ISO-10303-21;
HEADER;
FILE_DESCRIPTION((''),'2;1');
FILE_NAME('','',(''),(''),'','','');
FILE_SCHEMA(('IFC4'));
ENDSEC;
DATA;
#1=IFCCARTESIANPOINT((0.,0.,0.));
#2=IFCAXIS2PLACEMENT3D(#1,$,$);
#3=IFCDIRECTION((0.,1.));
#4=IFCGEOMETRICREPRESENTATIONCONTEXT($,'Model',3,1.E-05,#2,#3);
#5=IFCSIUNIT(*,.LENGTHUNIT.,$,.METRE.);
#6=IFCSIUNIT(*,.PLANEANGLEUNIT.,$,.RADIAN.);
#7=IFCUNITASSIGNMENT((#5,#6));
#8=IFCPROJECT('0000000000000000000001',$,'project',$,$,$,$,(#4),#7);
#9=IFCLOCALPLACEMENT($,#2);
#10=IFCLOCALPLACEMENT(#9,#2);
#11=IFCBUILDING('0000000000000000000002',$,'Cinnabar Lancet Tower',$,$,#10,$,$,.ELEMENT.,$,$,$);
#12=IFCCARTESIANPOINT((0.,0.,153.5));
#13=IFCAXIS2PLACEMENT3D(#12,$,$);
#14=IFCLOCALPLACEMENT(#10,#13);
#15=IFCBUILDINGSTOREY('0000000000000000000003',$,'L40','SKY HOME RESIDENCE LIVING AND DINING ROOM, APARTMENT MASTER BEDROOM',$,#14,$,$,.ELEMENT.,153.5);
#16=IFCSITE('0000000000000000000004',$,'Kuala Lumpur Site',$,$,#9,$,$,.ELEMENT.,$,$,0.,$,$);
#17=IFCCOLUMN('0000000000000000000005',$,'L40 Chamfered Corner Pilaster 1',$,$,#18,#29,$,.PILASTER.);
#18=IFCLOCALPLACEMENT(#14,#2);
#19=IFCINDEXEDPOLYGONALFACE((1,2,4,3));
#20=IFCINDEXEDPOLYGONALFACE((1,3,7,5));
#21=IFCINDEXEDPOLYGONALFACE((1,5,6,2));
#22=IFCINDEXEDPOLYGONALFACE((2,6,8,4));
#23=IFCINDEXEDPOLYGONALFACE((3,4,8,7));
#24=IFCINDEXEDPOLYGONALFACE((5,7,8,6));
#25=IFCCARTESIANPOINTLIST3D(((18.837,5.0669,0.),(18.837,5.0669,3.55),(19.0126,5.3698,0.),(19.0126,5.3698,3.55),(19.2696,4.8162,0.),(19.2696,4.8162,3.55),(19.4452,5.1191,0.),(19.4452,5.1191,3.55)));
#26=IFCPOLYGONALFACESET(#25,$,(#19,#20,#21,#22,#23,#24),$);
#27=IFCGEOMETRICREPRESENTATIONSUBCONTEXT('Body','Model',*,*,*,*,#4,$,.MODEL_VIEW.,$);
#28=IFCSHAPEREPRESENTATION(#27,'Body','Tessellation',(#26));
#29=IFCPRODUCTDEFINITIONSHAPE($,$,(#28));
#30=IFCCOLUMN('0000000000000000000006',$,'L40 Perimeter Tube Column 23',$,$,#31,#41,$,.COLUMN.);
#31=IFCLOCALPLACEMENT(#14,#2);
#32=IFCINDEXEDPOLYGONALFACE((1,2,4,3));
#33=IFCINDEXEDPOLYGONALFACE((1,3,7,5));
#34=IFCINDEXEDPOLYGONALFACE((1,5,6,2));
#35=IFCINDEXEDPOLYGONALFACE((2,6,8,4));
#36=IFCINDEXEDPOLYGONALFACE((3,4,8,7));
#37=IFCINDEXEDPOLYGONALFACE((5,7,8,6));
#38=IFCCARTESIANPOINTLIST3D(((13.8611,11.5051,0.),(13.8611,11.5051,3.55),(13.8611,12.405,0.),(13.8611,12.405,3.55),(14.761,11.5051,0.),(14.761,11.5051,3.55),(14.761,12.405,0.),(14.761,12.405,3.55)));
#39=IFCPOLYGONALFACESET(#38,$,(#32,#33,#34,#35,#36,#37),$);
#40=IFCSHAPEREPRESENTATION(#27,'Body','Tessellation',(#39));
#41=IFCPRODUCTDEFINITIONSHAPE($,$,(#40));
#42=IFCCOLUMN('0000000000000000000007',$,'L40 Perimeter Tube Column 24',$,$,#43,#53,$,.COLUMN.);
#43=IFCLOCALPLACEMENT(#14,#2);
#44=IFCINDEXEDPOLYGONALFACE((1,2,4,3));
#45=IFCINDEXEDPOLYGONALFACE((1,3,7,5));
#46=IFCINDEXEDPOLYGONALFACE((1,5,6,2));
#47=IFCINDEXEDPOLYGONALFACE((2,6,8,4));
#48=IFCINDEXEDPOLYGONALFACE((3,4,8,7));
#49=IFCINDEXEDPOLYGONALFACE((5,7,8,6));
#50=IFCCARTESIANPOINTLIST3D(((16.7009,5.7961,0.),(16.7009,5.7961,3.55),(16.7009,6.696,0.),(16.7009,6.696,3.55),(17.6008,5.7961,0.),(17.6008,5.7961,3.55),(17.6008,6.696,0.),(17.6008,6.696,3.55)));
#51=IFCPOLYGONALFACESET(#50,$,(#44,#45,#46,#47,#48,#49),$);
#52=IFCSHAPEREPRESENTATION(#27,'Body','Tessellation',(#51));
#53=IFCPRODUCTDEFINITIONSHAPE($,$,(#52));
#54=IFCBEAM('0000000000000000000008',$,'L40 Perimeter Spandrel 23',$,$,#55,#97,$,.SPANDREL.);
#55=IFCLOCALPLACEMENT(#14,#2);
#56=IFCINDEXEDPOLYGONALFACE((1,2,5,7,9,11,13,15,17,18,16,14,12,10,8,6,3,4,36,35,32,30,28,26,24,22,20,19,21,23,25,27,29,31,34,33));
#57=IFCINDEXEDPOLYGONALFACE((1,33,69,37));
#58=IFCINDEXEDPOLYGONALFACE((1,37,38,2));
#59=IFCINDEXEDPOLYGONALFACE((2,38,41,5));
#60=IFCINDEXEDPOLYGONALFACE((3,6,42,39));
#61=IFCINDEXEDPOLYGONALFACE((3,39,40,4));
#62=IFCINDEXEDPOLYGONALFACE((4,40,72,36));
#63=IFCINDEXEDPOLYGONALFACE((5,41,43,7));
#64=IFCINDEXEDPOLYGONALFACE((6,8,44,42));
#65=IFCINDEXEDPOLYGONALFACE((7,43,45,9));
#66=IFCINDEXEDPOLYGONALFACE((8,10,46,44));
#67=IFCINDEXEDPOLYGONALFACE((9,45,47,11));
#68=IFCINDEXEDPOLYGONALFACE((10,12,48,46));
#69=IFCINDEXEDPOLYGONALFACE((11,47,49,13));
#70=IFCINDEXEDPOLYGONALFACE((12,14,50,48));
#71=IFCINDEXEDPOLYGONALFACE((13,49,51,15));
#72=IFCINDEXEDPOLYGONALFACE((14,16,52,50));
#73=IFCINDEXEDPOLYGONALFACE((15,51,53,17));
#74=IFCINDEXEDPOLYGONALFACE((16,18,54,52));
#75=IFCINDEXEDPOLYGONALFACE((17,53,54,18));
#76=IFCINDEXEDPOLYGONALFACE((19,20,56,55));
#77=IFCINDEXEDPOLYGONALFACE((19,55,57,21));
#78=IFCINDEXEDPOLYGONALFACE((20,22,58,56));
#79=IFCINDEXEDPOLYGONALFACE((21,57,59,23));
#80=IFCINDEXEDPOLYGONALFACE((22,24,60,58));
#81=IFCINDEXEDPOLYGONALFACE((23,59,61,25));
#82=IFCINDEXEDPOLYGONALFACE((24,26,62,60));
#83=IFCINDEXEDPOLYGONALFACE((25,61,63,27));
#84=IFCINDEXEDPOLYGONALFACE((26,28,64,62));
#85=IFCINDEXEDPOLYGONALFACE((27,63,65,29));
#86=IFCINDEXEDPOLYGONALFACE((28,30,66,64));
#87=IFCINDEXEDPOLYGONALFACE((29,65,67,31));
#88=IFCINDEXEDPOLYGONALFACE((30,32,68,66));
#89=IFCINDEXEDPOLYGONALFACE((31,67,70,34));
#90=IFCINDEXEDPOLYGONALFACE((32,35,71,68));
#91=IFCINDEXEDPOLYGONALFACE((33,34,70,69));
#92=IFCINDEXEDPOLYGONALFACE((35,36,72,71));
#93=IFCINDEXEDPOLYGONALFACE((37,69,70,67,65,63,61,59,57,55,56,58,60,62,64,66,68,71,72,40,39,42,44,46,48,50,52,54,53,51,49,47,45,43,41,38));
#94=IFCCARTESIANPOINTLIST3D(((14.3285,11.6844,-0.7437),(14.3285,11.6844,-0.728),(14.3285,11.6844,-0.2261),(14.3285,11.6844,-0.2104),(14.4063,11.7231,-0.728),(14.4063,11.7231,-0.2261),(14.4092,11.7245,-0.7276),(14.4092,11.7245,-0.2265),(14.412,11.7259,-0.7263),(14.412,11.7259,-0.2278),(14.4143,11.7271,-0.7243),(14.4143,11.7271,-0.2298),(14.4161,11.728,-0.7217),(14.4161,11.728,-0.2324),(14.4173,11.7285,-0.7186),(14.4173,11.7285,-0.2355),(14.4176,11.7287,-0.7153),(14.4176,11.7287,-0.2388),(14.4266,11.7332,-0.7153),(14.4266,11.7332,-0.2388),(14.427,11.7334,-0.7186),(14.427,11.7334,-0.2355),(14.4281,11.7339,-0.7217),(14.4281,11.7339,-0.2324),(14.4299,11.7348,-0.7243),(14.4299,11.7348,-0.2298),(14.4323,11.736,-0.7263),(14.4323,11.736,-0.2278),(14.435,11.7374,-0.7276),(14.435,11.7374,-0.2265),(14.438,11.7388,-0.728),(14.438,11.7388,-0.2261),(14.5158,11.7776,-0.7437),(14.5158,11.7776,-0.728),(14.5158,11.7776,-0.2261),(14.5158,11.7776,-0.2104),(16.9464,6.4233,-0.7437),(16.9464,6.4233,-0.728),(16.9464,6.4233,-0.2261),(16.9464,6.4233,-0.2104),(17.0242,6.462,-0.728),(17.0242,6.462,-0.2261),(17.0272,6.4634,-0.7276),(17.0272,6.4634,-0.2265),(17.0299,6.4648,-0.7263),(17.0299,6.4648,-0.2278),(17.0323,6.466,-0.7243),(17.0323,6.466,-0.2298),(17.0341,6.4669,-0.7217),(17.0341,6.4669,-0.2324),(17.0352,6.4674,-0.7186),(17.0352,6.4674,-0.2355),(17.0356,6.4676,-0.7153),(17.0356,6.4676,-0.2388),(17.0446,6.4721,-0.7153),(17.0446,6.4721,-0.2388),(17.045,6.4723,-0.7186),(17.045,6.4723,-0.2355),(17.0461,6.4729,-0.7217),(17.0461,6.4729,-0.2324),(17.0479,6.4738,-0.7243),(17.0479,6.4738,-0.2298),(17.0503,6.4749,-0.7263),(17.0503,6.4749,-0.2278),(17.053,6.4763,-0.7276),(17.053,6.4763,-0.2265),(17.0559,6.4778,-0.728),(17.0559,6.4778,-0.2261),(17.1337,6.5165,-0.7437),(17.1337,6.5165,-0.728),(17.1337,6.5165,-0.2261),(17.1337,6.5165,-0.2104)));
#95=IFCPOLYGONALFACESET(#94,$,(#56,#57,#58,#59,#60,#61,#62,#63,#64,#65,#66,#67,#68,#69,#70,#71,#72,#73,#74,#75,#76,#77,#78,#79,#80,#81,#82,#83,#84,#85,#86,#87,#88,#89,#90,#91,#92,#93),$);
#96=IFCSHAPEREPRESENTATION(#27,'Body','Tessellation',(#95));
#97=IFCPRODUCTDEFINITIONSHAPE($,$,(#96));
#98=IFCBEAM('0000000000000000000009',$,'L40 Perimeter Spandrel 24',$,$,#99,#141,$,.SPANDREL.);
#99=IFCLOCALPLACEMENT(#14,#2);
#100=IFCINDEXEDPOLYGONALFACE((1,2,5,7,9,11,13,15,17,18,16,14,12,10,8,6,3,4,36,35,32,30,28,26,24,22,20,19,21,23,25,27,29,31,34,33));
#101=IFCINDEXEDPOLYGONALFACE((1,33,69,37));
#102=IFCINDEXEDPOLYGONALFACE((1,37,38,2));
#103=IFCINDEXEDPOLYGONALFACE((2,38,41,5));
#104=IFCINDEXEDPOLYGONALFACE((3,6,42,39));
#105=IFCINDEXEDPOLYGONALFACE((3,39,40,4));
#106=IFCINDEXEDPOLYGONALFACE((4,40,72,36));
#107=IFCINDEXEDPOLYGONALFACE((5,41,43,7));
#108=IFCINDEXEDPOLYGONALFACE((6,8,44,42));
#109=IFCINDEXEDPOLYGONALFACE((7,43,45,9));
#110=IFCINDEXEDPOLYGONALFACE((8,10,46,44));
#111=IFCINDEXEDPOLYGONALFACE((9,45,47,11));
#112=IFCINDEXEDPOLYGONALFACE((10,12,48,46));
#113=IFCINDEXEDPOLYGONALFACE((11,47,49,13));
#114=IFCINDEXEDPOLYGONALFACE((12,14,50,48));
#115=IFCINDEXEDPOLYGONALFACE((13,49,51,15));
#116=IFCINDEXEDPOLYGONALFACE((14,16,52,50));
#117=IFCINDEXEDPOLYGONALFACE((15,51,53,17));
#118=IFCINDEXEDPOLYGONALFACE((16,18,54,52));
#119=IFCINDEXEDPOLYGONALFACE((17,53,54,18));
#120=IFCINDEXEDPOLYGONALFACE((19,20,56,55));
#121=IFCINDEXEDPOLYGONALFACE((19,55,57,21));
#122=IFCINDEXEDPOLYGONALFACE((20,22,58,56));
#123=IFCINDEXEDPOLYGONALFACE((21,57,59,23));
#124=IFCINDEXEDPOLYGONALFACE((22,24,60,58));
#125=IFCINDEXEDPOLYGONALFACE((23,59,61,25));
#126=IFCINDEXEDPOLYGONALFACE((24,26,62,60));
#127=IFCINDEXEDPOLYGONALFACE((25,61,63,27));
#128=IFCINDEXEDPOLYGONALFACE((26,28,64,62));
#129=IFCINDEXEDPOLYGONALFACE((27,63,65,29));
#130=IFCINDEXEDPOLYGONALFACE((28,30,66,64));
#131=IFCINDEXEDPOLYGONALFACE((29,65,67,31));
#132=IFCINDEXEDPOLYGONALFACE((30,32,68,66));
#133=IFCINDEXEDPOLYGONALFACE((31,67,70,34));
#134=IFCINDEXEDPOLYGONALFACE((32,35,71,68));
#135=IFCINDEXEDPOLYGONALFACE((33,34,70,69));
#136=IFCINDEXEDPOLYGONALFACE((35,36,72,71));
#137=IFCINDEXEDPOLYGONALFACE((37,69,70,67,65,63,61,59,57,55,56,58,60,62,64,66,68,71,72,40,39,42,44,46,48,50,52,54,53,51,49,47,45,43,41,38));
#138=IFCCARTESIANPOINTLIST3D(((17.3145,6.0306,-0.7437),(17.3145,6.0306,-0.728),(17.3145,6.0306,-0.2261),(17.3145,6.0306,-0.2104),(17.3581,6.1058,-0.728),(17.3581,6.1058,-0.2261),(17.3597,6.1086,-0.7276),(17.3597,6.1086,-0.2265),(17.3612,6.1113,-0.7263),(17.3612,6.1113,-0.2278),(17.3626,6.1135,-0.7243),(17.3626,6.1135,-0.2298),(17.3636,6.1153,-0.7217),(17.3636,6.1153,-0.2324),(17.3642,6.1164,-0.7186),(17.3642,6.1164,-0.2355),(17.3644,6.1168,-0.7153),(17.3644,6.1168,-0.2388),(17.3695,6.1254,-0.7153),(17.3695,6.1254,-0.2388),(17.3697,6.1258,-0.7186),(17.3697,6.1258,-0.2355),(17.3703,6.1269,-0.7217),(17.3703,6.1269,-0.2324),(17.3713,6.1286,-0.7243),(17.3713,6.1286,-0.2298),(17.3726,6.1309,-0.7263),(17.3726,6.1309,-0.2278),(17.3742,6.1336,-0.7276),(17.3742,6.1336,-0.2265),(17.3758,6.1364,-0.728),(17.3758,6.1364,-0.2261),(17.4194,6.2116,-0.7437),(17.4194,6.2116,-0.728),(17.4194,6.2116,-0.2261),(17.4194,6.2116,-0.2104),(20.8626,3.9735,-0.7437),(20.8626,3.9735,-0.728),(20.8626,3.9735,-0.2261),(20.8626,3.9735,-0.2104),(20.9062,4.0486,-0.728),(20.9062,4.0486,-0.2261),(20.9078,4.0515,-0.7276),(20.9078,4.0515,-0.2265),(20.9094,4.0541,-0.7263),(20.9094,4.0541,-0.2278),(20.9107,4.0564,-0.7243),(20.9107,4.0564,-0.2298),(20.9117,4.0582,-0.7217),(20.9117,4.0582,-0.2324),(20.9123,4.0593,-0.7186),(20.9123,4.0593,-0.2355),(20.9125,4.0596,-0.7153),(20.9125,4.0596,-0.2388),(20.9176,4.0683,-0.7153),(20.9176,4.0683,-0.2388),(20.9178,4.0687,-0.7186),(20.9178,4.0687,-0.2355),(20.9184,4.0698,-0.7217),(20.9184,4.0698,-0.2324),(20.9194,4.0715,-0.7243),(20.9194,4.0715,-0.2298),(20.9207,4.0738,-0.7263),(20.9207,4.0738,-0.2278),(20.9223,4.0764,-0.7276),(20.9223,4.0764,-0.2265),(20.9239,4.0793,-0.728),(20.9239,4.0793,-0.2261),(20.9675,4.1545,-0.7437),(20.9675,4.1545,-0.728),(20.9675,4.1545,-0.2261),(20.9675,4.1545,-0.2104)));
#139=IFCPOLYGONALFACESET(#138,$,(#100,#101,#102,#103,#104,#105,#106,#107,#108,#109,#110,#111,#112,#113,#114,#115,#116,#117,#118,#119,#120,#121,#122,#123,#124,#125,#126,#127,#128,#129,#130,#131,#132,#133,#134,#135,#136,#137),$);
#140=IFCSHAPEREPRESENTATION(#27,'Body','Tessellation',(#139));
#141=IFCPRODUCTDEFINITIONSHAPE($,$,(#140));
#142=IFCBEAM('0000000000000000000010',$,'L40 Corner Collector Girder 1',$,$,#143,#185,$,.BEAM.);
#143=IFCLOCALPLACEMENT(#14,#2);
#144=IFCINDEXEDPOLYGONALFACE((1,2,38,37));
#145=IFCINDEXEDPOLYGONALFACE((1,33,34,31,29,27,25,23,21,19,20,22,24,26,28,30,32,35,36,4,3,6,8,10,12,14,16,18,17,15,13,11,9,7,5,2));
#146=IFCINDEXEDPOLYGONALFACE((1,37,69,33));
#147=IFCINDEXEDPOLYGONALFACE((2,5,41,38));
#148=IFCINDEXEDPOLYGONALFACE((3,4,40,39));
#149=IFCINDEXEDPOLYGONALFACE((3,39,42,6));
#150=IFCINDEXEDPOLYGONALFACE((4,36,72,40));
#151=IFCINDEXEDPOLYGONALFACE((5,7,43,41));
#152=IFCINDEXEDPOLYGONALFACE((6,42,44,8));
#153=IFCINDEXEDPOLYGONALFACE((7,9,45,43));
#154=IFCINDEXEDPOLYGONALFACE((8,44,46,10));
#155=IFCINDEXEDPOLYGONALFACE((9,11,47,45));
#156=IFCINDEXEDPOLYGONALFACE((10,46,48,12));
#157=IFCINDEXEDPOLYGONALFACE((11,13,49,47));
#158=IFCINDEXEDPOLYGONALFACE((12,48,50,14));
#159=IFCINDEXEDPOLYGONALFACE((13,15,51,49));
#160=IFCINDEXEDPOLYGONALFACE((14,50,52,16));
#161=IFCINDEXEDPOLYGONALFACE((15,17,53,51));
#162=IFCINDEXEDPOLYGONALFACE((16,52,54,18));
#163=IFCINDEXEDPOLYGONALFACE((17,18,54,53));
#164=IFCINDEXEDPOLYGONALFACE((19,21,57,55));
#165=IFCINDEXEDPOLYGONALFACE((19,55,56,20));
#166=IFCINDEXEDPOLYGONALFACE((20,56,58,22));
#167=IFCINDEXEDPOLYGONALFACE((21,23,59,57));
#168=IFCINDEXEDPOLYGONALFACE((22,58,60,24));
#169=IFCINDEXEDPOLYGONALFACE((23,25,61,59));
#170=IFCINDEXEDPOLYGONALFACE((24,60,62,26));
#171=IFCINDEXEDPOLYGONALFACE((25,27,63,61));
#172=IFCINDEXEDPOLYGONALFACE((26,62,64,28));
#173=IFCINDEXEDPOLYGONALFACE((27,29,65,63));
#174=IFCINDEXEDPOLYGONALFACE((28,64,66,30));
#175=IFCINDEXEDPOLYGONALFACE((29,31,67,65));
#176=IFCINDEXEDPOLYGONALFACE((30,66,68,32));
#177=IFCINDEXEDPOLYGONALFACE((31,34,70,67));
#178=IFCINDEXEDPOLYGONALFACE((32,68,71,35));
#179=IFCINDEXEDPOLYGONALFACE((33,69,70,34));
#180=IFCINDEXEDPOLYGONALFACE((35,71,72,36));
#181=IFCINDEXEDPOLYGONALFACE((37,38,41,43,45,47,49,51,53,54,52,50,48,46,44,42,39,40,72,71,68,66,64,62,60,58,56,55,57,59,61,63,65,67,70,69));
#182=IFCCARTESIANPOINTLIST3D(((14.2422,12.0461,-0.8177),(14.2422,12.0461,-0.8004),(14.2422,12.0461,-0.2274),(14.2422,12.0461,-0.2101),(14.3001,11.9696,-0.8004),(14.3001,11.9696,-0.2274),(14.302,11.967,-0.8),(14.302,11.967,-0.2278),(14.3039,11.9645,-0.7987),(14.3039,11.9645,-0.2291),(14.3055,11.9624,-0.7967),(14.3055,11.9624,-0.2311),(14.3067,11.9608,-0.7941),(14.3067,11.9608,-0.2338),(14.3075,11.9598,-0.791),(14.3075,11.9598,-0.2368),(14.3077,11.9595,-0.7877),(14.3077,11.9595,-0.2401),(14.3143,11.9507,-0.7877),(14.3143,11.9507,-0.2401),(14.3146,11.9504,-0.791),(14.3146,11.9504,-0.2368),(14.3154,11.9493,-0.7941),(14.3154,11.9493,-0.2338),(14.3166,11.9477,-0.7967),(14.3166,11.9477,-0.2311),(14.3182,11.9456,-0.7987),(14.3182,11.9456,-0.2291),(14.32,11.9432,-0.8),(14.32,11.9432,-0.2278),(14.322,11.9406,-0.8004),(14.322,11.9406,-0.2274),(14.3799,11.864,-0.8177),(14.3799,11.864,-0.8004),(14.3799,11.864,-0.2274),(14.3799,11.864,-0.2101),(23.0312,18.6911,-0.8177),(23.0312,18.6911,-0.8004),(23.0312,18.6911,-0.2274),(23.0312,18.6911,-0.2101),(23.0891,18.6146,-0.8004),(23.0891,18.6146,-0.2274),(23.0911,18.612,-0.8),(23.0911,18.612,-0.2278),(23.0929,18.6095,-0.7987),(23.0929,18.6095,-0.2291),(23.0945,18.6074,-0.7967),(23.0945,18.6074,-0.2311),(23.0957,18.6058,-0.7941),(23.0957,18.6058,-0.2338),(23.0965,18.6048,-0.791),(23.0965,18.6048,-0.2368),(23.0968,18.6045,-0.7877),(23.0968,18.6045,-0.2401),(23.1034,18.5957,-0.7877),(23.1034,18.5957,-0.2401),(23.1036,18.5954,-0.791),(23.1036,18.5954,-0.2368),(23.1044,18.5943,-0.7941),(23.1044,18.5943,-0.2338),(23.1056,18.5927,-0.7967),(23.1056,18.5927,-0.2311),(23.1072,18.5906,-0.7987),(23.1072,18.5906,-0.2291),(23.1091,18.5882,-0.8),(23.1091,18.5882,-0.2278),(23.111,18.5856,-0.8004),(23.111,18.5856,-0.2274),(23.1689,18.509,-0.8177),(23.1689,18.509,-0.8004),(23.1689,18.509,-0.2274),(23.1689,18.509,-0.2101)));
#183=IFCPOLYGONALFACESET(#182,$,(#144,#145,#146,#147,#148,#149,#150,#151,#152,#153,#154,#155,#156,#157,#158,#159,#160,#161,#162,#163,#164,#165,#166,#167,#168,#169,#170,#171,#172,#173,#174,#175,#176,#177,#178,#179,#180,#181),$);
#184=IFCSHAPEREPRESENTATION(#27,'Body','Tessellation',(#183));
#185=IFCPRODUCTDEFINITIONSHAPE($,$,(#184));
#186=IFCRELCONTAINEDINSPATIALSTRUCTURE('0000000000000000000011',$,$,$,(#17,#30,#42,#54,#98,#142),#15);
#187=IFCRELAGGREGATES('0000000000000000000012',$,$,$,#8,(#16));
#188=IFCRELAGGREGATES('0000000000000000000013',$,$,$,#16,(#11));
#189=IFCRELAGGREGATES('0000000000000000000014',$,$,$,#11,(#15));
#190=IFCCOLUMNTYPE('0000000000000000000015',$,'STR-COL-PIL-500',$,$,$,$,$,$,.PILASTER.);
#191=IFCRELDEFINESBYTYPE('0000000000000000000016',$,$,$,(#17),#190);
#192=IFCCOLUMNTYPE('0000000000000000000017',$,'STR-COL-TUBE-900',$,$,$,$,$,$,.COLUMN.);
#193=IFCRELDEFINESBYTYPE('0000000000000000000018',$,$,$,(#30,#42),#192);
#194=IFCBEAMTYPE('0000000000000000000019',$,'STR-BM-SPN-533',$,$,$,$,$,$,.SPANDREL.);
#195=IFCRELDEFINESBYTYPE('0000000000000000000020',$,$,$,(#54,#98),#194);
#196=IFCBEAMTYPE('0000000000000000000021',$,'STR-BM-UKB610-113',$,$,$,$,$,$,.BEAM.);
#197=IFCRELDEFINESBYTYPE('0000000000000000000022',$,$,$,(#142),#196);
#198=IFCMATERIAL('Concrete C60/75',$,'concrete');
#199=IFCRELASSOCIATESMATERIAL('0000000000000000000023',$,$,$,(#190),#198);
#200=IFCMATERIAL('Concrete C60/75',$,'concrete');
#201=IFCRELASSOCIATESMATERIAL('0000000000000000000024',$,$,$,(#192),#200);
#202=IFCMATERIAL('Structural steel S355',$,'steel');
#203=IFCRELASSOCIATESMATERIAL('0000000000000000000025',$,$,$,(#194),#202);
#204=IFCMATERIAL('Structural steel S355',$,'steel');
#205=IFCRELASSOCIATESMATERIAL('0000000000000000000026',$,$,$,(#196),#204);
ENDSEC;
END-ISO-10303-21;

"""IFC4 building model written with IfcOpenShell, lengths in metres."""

from ifc_helpers import new_model, si_unit, direction, frame, origin, origin_2d, place, context, subcontext, project, spatial, rectangle, i_section, extrude, material, material_profile, profile_set, type_object, element, save


model = new_model("IFC4")

# Units and contexts
model_context = context("Model", 3, precision=1e-05, world=origin(), true_north=direction((0.0, 1.0)))
body_context = subcontext(model_context, "Body", "Model", "MODEL_VIEW")
ifc_project = project(units=[si_unit("LENGTHUNIT", "METRE"), si_unit("PLANEANGLEUNIT", "RADIAN")], contexts=[model_context])

# Site, building, storey
site_placement = place(None, origin())
site = spatial("IfcSite", under=ifc_project, at=site_placement, Name="Kuala Lumpur Site", CompositionType="ELEMENT", RefElevation=0.0)
building_placement = place(site_placement, origin())
building = spatial("IfcBuilding", under=site, at=building_placement, Name="Cinnabar Lancet Tower", CompositionType="ELEMENT")
storey_placement = place(building_placement, frame((0.0, 0.0, 153.5)))
storey = spatial("IfcBuildingStorey", under=building, at=storey_placement, Name="L40", Description="SKY HOME RESIDENCE LIVING AND DINING ROOM, APARTMENT MASTER BEDROOM", CompositionType="ELEMENT", Elevation=153.5)

# Columns
ifc_material_1 = material(Name="Concrete C60/75", Category="concrete")
ifc_material_profile_1 = material_profile(ifc_material_1, rectangle(XDim=0.5, YDim=0.3501, at=origin_2d()), Name="RC-PIL 500x350")
ifc_profile_set_1 = profile_set([ifc_material_profile_1], Name="Concrete C60/75")
column_type_1 = type_object("IfcColumnType", Name="STR-COL-PIL-500", PredefinedType="PILASTER", material=ifc_profile_set_1)
column_placement = place(storey_placement, frame((19.1411, 5.093, 0.0), z_axis=(0.0, 0.0, 1.0), x_axis=(0.86516, -0.501496, 0.0)))
element("IfcColumn", 1, at=column_placement, inside=storey, type_object=column_type_1, Name="L40 Chamfered Corner Pilaster 1", PredefinedType="PILASTER", context=body_context, shape_type="SweptSolid", body=[
    extrude(rectangle(XDim=0.5, YDim=0.3501, at=origin_2d()), origin(), (0.0, 0.0, 1.0), 3.55),
])
ifc_material_2 = material(Name="Concrete C60/75", Category="concrete")
ifc_material_profile_2 = material_profile(ifc_material_2, rectangle(XDim=0.8999, YDim=0.8999, at=origin_2d()), Name="RC-COL 900x900")
ifc_profile_set_2 = profile_set([ifc_material_profile_2], Name="Concrete C60/75")
column_type_2 = type_object("IfcColumnType", Name="STR-COL-TUBE-900", PredefinedType="COLUMN", material=ifc_profile_set_2)
for number, where, z_axis, x_axis, name in (
    (2, (14.311, 11.9551, 0.0), (0.0, 0.0, 1.0), (1.0, 0.0, 0.0), "L40 Perimeter Tube Column 23"),
    (3, (17.1509, 6.2461, 0.0), (0.0, 0.0, 1.0), (1.0, 0.0, 0.0), "L40 Perimeter Tube Column 24"),
):
    element("IfcColumn", number, at=place(storey_placement, frame(where, z_axis=z_axis, x_axis=x_axis)), inside=storey, type_object=column_type_2, Name=name, PredefinedType="COLUMN", context=body_context, shape_type="SweptSolid", body=[
        extrude(rectangle(XDim=0.8999, YDim=0.8999, at=origin_2d()), origin(), (0.0, 0.0, 1.0), 3.55),
    ])

# Beams
ifc_material_3 = material(Name="Structural steel S355", Category="steel")
ifc_material_profile_3 = material_profile(ifc_material_3, i_section(OverallWidth=0.2092, OverallDepth=0.5332, WebThickness=0.01, FlangeThickness=0.0156, FilletRadius=0.0127, at=origin_2d()), Name="UKB 533x210x92")
ifc_profile_set_3 = profile_set([ifc_material_profile_3], Name="Structural steel S355")
beam_type_1 = type_object("IfcBeamType", Name="STR-BM-SPN-533", PredefinedType="SPANDREL", material=ifc_profile_set_3)
beam_1_placement = place(storey_placement, frame((14.4221, 11.731, -0.4771), z_axis=(0.445501, -0.895281, 0.0), x_axis=(0.895281, 0.445501, 0.0)))
element("IfcBeam", 4, at=beam_1_placement, inside=storey, type_object=beam_type_1, Name="L40 Perimeter Spandrel 23", PredefinedType="SPANDREL", context=body_context, shape_type="SweptSolid", body=[
    extrude(i_section(OverallWidth=0.2092, OverallDepth=0.5332, WebThickness=0.01, FlangeThickness=0.0156, FilletRadius=0.0127, at=origin_2d()), origin(), (0.0, 0.0, 1.0), 5.8765),
])
beam_2_placement = place(storey_placement, frame((17.3669, 6.1211, -0.4771), z_axis=(0.865112, -0.501578, 0.0), x_axis=(0.501578, 0.865112, 0.0)))
element("IfcBeam", 5, at=beam_2_placement, inside=storey, type_object=beam_type_1, Name="L40 Perimeter Spandrel 24", PredefinedType="SPANDREL", context=body_context, shape_type="SweptSolid", body=[
    extrude(i_section(OverallWidth=0.2092, OverallDepth=0.5332, WebThickness=0.01, FlangeThickness=0.0156, FilletRadius=0.0127, at=origin_2d()), origin(), (0.0, 0.0, 1.0), 4.1013),
])
ifc_material_4 = material(Name="Structural steel S355", Category="steel")
ifc_material_profile_4 = material_profile(ifc_material_4, i_section(OverallWidth=0.2283, OverallDepth=0.6077, WebThickness=0.011, FlangeThickness=0.0173, FilletRadius=0.0127, at=origin_2d()), Name="UKB 610x229x113")
ifc_profile_set_4 = profile_set([ifc_material_profile_4], Name="Structural steel S355")
beam_type_2 = type_object("IfcBeamType", Name="STR-BM-UKB610-113", PredefinedType="BEAM", material=ifc_profile_set_4)
beam_3_placement = place(storey_placement, frame((14.311, 11.9551, -0.5139), z_axis=(0.797675, 0.603087, 0.0), x_axis=(-0.603087, 0.797675, 0.0)))
element("IfcBeam", 6, at=beam_3_placement, inside=storey, type_object=beam_type_2, Name="L40 Corner Collector Girder 1", PredefinedType="BEAM", context=body_context, shape_type="SweptSolid", body=[
    extrude(i_section(OverallWidth=0.2283, OverallDepth=0.6077, WebThickness=0.011, FlangeThickness=0.0173, FilletRadius=0.0127, at=origin_2d()), origin(), (0.0, 0.0, 1.0), 11.0183),
])

save(model, "model.ifc")
